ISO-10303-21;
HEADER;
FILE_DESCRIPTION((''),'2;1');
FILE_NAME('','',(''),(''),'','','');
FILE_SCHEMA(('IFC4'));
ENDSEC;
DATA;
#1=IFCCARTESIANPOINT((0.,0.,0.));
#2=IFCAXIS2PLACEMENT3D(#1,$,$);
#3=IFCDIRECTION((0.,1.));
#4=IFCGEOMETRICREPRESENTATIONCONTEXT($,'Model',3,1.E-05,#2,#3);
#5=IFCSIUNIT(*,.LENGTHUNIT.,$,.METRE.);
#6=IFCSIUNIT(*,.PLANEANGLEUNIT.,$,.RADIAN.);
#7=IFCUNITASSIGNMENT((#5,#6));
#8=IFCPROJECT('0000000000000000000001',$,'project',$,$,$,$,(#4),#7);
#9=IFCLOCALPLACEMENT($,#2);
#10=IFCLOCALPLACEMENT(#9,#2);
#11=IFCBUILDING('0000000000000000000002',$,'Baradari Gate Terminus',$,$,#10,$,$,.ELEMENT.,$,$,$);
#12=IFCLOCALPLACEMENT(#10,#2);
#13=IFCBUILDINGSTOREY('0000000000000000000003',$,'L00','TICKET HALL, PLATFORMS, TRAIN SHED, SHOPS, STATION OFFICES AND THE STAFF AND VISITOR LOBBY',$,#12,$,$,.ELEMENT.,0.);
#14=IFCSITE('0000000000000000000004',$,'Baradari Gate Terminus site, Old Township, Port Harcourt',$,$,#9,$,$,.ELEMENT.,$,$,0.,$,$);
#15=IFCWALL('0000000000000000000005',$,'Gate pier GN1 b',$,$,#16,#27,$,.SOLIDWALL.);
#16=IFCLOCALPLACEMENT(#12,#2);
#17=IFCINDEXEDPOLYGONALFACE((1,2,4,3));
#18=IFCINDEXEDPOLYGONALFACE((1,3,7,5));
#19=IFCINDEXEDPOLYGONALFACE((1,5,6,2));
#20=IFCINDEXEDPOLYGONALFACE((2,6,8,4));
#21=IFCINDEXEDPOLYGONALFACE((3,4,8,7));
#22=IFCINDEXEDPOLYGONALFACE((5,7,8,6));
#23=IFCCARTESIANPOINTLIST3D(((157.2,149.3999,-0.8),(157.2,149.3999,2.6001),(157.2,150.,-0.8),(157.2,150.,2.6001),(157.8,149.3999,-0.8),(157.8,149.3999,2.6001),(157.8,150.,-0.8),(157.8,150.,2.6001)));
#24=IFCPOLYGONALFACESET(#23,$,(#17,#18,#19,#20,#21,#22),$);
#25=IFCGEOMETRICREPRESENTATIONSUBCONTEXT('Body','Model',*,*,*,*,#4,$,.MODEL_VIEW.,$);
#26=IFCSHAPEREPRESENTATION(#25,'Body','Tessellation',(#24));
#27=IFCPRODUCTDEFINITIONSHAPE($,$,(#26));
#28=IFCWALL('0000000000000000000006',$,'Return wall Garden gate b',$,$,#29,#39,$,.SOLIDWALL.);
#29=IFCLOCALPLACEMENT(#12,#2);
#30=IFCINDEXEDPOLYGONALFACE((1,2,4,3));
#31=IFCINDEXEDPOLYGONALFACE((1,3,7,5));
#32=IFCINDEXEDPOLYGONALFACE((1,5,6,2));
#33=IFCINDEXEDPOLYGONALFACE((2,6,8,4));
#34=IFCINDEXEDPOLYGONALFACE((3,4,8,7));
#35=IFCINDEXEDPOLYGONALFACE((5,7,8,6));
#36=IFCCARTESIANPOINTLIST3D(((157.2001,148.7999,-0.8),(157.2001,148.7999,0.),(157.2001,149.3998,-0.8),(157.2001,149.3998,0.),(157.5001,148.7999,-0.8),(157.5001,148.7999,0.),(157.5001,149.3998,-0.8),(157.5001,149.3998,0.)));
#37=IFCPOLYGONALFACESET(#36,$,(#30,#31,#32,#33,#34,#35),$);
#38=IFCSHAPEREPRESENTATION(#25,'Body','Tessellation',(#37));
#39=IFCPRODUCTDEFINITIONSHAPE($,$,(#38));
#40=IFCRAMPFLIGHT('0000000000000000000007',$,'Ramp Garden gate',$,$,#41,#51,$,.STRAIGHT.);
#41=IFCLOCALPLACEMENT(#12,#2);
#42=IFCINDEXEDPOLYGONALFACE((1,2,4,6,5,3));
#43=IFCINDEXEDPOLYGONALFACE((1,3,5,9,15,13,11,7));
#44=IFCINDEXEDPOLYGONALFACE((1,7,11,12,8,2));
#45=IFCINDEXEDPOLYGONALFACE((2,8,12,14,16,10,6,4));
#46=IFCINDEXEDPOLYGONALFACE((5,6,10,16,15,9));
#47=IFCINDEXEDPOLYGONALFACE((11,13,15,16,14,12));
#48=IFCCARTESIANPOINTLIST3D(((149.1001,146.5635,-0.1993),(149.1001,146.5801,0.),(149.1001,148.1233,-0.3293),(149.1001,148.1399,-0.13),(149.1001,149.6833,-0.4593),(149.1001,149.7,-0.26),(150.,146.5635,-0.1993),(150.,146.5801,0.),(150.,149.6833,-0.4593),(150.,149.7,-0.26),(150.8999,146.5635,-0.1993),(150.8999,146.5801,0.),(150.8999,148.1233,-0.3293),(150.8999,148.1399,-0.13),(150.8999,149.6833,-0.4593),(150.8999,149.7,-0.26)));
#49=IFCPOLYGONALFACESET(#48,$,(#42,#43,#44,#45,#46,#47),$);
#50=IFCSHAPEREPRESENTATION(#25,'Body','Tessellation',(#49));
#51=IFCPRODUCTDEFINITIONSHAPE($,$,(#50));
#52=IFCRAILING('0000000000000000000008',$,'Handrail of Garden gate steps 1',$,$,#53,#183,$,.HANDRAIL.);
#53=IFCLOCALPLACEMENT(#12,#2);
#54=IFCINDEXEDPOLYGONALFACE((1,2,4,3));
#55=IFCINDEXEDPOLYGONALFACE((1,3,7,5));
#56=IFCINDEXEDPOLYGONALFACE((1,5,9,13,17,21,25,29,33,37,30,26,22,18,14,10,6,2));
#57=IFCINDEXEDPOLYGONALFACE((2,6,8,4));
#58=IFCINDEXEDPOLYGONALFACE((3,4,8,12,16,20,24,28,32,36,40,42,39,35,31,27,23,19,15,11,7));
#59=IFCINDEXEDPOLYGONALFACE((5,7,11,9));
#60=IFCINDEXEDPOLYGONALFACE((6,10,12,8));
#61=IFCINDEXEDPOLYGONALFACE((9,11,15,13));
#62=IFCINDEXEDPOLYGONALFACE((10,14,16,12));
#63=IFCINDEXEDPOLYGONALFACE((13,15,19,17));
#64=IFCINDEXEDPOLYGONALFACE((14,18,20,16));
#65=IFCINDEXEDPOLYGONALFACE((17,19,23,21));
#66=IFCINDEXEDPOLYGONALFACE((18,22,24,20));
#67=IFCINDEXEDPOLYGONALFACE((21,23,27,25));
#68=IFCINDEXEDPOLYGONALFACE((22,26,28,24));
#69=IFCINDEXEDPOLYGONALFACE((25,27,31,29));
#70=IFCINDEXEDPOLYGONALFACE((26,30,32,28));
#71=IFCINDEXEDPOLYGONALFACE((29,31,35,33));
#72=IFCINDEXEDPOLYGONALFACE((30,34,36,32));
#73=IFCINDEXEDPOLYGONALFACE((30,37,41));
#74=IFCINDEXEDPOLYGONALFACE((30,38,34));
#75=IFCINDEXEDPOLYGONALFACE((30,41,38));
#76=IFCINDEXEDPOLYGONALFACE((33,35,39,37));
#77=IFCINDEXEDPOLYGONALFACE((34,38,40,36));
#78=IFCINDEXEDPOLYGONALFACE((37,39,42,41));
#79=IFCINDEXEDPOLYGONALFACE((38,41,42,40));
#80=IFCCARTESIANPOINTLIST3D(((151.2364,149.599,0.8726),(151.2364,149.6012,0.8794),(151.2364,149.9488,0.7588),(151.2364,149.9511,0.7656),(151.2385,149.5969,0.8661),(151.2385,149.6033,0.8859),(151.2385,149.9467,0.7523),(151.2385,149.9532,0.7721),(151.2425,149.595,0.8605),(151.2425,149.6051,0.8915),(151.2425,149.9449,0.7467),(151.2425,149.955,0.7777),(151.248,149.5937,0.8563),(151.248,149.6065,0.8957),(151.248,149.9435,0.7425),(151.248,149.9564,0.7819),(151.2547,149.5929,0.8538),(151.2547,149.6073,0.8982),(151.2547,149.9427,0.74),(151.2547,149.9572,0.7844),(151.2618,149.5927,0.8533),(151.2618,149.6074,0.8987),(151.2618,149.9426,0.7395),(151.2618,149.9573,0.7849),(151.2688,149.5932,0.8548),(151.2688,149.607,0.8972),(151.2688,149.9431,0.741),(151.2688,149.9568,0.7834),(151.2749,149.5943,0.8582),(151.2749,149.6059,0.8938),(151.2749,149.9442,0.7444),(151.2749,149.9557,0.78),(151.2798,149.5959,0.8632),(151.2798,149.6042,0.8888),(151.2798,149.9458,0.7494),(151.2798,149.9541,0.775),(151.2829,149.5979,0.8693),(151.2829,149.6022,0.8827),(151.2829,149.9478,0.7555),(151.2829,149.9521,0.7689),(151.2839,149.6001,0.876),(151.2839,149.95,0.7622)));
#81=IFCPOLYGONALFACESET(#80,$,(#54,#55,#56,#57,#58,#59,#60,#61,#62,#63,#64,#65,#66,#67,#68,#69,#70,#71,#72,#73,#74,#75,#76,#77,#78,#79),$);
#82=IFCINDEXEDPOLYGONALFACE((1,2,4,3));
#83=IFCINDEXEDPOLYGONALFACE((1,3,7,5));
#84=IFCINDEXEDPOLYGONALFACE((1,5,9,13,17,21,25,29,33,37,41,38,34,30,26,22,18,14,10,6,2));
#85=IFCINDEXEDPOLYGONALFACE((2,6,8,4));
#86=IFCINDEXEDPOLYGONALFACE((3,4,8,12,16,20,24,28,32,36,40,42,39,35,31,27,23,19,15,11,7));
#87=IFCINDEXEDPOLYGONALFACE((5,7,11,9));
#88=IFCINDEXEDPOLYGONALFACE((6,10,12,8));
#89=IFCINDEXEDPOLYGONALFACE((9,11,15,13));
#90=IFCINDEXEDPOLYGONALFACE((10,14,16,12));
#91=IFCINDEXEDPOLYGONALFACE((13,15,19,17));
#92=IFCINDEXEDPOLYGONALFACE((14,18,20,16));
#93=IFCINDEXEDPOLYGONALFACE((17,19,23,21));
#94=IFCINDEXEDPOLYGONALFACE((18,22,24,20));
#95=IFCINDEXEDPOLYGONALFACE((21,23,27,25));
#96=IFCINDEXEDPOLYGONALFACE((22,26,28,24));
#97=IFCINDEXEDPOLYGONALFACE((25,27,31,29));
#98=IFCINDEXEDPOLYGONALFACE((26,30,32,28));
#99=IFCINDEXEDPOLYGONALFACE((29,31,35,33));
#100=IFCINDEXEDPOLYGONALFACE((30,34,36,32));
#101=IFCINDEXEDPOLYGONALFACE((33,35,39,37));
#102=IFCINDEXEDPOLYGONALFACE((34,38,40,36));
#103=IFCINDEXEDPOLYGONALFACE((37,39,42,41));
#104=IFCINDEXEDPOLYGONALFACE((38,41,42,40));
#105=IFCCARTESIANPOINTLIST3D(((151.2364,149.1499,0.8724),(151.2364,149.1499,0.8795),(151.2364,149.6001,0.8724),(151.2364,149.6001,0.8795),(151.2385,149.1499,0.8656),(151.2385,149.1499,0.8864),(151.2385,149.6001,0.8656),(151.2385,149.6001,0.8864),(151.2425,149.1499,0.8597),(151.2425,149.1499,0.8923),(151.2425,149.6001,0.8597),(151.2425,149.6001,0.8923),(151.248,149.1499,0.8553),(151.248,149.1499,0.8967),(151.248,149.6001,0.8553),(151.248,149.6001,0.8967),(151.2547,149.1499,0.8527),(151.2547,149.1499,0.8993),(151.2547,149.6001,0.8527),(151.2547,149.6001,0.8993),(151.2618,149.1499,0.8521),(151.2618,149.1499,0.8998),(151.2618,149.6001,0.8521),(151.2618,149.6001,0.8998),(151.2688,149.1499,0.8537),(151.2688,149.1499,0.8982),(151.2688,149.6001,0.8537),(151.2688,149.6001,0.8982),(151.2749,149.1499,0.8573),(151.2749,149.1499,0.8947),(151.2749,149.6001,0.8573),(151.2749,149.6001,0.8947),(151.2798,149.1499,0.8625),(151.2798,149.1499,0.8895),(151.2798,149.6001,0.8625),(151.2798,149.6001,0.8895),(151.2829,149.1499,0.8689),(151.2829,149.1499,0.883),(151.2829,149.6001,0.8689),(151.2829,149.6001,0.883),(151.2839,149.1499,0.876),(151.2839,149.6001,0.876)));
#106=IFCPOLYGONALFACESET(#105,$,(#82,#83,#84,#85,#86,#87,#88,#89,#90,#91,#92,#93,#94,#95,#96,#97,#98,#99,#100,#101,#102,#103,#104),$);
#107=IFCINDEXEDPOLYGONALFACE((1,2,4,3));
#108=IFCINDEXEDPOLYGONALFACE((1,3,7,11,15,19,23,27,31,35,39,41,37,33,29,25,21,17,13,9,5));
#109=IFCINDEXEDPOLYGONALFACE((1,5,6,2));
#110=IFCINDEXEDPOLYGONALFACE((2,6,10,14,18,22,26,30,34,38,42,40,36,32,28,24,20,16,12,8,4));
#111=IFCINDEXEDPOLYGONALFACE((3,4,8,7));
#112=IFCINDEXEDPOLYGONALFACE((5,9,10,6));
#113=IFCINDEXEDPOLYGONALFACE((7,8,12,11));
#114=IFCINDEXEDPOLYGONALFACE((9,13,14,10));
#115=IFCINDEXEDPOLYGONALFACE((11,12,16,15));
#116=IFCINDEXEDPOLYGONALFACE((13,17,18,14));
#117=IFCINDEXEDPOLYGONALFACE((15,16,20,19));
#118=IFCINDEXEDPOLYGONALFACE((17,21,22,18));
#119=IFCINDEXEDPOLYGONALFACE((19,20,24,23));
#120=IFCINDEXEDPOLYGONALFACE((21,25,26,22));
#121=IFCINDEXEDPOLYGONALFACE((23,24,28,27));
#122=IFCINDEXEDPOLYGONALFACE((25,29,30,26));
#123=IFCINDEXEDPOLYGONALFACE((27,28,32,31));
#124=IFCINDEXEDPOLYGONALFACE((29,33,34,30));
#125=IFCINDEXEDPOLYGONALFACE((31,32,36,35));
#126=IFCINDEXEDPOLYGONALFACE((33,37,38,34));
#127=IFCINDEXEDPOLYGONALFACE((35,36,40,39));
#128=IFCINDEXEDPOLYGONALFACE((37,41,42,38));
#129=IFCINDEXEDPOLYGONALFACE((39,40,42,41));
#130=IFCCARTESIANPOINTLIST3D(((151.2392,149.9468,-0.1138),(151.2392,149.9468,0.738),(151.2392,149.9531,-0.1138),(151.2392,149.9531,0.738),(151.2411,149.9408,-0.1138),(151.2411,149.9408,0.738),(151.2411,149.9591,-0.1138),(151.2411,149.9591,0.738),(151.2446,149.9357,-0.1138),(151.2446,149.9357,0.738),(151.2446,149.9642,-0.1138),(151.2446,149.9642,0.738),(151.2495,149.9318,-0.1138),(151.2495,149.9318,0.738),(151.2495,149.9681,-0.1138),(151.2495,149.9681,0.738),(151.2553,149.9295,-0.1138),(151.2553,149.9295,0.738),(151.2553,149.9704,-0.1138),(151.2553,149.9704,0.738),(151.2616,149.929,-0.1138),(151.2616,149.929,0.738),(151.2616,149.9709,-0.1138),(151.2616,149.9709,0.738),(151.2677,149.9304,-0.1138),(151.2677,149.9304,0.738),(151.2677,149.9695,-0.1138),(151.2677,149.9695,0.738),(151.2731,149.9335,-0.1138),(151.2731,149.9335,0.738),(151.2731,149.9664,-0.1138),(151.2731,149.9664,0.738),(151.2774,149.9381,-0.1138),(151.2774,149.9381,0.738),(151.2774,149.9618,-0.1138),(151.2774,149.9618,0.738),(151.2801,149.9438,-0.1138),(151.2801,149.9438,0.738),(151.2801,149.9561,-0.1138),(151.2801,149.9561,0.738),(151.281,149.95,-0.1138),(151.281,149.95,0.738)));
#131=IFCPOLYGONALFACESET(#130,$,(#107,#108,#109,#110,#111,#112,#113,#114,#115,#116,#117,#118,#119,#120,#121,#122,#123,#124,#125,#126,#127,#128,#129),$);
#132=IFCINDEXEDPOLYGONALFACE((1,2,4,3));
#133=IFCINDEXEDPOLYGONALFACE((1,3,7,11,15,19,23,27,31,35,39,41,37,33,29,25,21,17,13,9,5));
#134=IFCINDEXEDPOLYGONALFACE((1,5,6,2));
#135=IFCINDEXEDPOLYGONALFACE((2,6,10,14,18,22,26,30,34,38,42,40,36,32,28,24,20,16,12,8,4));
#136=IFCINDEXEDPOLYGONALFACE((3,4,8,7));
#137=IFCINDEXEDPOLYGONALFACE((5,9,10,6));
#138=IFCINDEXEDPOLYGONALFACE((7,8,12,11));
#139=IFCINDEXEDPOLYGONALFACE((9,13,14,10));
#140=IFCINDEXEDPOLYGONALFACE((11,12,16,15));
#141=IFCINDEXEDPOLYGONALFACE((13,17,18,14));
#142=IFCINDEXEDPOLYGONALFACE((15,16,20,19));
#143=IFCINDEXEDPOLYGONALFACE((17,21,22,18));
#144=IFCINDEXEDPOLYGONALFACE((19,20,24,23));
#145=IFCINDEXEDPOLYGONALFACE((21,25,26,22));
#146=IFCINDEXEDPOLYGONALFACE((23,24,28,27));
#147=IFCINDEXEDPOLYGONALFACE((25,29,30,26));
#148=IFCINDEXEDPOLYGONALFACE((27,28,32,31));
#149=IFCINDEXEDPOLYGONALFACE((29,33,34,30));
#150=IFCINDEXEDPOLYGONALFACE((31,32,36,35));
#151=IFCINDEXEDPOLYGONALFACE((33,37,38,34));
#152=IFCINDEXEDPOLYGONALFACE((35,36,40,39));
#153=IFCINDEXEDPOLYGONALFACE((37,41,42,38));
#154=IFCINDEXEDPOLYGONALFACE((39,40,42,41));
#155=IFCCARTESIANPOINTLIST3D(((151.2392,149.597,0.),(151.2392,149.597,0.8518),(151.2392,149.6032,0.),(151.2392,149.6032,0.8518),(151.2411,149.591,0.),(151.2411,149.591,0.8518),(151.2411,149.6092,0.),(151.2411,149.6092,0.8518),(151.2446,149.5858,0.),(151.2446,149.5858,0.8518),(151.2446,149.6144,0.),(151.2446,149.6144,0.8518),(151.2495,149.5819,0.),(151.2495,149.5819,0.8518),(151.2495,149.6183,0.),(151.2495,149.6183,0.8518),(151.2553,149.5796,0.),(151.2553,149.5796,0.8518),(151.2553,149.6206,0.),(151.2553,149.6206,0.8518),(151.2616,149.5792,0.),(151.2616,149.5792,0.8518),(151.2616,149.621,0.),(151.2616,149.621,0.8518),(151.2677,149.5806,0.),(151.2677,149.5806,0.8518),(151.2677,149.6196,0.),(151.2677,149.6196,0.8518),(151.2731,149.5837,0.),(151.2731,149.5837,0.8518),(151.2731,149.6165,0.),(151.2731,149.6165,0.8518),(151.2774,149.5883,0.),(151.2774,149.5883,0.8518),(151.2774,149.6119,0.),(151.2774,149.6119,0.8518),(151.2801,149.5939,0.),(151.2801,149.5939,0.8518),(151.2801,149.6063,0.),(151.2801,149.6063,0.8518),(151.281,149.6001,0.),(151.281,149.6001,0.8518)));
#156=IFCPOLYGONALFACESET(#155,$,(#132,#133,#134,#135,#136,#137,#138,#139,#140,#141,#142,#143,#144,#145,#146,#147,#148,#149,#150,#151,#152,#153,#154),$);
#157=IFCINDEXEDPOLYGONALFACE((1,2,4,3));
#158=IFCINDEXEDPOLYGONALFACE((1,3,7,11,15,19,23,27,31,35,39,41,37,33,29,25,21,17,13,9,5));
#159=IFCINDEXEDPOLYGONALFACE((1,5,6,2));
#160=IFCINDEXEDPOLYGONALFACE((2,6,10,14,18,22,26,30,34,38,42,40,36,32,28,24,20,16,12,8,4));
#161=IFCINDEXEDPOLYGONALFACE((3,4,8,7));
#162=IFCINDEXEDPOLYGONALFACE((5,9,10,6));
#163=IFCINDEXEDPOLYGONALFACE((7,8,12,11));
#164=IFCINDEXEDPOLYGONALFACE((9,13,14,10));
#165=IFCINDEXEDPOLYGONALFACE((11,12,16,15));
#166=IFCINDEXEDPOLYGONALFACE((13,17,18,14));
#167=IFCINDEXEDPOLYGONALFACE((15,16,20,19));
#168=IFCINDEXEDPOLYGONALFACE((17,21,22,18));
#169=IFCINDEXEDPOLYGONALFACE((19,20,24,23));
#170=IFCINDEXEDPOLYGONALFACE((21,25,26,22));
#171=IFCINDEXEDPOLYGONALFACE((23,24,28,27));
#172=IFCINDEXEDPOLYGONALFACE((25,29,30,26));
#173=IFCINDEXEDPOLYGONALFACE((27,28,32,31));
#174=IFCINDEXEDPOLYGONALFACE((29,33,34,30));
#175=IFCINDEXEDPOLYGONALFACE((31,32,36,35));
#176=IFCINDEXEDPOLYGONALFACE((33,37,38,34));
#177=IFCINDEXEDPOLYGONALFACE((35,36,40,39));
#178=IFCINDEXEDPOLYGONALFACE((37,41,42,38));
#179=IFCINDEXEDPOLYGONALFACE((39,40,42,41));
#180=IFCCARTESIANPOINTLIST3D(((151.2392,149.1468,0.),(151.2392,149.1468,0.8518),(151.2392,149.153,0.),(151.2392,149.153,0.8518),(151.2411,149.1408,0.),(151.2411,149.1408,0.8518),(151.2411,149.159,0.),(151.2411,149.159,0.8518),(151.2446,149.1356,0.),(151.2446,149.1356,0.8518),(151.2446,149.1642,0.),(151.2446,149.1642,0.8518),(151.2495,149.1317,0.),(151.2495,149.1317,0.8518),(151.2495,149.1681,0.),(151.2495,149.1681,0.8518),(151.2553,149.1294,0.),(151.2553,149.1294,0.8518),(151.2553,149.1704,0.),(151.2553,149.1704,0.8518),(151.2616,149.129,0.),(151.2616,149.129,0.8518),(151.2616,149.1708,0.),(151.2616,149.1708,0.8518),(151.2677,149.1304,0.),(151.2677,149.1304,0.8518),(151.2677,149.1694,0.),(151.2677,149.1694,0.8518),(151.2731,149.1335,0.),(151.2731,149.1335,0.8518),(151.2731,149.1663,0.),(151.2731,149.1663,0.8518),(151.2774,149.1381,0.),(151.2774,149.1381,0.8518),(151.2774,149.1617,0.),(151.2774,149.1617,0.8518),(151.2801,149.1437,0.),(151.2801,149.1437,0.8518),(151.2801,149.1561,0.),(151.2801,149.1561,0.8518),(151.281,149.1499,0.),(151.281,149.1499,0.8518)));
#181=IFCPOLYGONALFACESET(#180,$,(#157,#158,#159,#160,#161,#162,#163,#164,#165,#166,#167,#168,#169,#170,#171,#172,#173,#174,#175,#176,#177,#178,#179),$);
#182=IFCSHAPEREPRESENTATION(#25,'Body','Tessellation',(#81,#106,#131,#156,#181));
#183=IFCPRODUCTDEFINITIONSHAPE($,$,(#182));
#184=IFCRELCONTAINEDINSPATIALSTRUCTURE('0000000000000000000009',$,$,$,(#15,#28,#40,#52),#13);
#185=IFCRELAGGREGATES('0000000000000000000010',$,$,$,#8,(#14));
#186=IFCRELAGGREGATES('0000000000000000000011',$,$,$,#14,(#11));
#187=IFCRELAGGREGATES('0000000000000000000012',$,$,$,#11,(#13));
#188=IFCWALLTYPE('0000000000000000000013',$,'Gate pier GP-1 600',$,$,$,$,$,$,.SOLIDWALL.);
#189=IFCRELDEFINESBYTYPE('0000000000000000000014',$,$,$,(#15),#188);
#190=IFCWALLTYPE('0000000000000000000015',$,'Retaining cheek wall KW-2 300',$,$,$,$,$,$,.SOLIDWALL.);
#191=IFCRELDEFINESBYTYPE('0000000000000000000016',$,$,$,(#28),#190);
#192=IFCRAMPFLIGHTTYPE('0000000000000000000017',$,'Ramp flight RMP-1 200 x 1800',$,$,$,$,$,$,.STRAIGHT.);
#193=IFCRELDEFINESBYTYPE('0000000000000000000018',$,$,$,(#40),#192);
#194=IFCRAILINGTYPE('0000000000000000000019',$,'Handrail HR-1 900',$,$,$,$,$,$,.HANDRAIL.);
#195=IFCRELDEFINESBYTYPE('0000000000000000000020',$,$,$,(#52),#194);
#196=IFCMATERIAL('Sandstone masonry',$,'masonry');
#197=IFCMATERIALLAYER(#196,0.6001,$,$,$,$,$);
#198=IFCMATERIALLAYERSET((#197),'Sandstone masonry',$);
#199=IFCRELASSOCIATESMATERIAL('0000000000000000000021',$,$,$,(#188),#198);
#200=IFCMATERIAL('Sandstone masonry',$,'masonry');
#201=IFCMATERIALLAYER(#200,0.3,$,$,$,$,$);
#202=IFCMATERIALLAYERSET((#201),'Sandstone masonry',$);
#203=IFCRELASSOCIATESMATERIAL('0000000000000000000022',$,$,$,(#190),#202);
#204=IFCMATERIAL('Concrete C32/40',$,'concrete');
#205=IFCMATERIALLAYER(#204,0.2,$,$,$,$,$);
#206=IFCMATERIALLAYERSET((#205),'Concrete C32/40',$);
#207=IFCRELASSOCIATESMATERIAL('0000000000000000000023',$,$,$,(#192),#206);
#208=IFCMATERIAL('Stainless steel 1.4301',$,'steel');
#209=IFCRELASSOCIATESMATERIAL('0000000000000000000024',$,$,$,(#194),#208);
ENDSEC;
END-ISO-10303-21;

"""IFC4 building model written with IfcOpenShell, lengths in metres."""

from ifc_helpers import new_model, si_unit, direction, frame, frame_2d, origin, origin_2d, place, context, subcontext, project, spatial, polyline, rectangle, circle, outline, extrude, material, layer, layer_set, type_object, element, save


model = new_model("IFC4")

# Units and contexts
model_context = context("Model", 3, precision=1e-05, world=origin(), true_north=direction((0.0, 1.0)))
body_context = subcontext(model_context, "Body", "Model", "MODEL_VIEW")
ifc_project = project(units=[si_unit("LENGTHUNIT", "METRE"), si_unit("PLANEANGLEUNIT", "RADIAN")], contexts=[model_context])

# Site, building, storey
site_placement = place(None, origin())
site = spatial("IfcSite", under=ifc_project, at=site_placement, Name="Baradari Gate Terminus site, Old Township, Port Harcourt", CompositionType="ELEMENT", RefElevation=0.0)
building_placement = place(site_placement, origin())
building = spatial("IfcBuilding", under=site, at=building_placement, Name="Baradari Gate Terminus", CompositionType="ELEMENT")
storey_placement = place(building_placement, origin())
storey = spatial("IfcBuildingStorey", under=building, at=storey_placement, Name="L00", Description="TICKET HALL, PLATFORMS, TRAIN SHED, SHOPS, STATION OFFICES AND THE STAFF AND VISITOR LOBBY", CompositionType="ELEMENT", Elevation=0.0)

# Walls
ifc_material_1 = material(Name="Sandstone masonry", Category="masonry")
ifc_layer_1 = layer(ifc_material_1, 0.6001)
ifc_layer_set_1 = layer_set([ifc_layer_1], Name="Sandstone masonry")
wall_type_1 = type_object("IfcWallType", Name="Gate pier GP-1 600", PredefinedType="SOLIDWALL", material=ifc_layer_set_1)
wall_1_placement = place(storey_placement, frame((157.2, 149.7, -0.8), z_axis=(0.0, 0.0, 1.0), x_axis=(1.0, 0.0, 0.0)))
element("IfcWall", 1, at=wall_1_placement, inside=storey, type_object=wall_type_1, Name="Gate pier GN1 b", PredefinedType="SOLIDWALL", context=body_context, shape_type="SweptSolid", body=[
    extrude(rectangle(XDim=0.6001, YDim=0.6001, at=frame_2d((0.3, 0.0))), origin(), (0.0, 0.0, 1.0), 3.4001),
])
ifc_material_2 = material(Name="Sandstone masonry", Category="masonry")
ifc_layer_2 = layer(ifc_material_2, 0.3)
ifc_layer_set_2 = layer_set([ifc_layer_2], Name="Sandstone masonry")
wall_type_2 = type_object("IfcWallType", Name="Retaining cheek wall KW-2 300", PredefinedType="SOLIDWALL", material=ifc_layer_set_2)
wall_2_placement = place(storey_placement, frame((157.3501, 148.8, -0.8), z_axis=(0.0, 0.0, 1.0), x_axis=(0.0, 1.0, 0.0)))
element("IfcWall", 2, at=wall_2_placement, inside=storey, type_object=wall_type_2, Name="Return wall Garden gate b", PredefinedType="SOLIDWALL", context=body_context, shape_type="SweptSolid", body=[
    extrude(rectangle(XDim=0.5999, YDim=0.3, at=frame_2d((0.2998, 0.0))), origin(), (0.0, 0.0, 1.0), 0.8),
])

# Ramp flight
ifc_material_3 = material(Name="Concrete C32/40", Category="concrete")
ifc_layer_3 = layer(ifc_material_3, 0.2)
ifc_layer_set_3 = layer_set([ifc_layer_3], Name="Concrete C32/40")
ramp_flight_type = type_object("IfcRampFlightType", Name="Ramp flight RMP-1 200 x 1800", PredefinedType="STRAIGHT", material=ifc_layer_set_3)
ramp_flight_placement = place(storey_placement, frame((149.1001, 149.7, -0.26), z_axis=(0.0, 0.083052, 0.996545), x_axis=(1.0, 0.0, 0.0)))
element("IfcRampFlight", 3, at=ramp_flight_placement, inside=storey, type_object=ramp_flight_type, Name="Ramp Garden gate", PredefinedType="STRAIGHT", context=body_context, shape_type="SweptSolid", body=[
    extrude(outline(polyline([(0.0, 0.0), (0.8999, 0.0), (1.7998, 0.0), (1.7998, -1.5655), (1.7998, -3.1307), (0.8999, -3.1307), (0.0, -3.1307), (0.0, -1.5655), (0.0, 0.0)])), origin(), (0.0, 0.0, -1.0), 0.2),
])

# Railing
ifc_material_4 = material(Name="Stainless steel 1.4301", Category="steel")
railing_type = type_object("IfcRailingType", Name="Handrail HR-1 900", PredefinedType="HANDRAIL", material=ifc_material_4)
for number, where, name in (
    (4, (151.26, 149.95, -0.1138), "Handrail of Garden gate steps 1"),
):
    element("IfcRailing", number, at=place(storey_placement, frame(where)), inside=storey, type_object=railing_type, Name=name, PredefinedType="HANDRAIL", context=body_context, shape_type="SweptSolid", body=[
        extrude(circle(Radius=0.0239, at=origin_2d()), frame((0.0, 0.0, 0.876), z_axis=(0.0, -0.95098, 0.309251), x_axis=(1.0, 0.0, 0.0)), (0.0, 0.0, 1.0), 0.3679),
        extrude(circle(Radius=0.0239, at=origin_2d()), frame((0.0, -0.3499, 0.9897), z_axis=(0.0, -1.0, 0.0), x_axis=(1.0, 0.0, 0.0)), (0.0, 0.0, 1.0), 0.4502),
        extrude(circle(Radius=0.021, at=origin_2d()), origin(), (0.0, 0.0, 1.0), 0.8518),
        extrude(circle(Radius=0.021, at=origin_2d()), frame((0.0, -0.3499, 0.1138)), (0.0, 0.0, 1.0), 0.8518),
        extrude(circle(Radius=0.021, at=origin_2d()), frame((0.0, -0.8, 0.1138)), (0.0, 0.0, 1.0), 0.8518),
    ])

save(model, "model.ifc")
